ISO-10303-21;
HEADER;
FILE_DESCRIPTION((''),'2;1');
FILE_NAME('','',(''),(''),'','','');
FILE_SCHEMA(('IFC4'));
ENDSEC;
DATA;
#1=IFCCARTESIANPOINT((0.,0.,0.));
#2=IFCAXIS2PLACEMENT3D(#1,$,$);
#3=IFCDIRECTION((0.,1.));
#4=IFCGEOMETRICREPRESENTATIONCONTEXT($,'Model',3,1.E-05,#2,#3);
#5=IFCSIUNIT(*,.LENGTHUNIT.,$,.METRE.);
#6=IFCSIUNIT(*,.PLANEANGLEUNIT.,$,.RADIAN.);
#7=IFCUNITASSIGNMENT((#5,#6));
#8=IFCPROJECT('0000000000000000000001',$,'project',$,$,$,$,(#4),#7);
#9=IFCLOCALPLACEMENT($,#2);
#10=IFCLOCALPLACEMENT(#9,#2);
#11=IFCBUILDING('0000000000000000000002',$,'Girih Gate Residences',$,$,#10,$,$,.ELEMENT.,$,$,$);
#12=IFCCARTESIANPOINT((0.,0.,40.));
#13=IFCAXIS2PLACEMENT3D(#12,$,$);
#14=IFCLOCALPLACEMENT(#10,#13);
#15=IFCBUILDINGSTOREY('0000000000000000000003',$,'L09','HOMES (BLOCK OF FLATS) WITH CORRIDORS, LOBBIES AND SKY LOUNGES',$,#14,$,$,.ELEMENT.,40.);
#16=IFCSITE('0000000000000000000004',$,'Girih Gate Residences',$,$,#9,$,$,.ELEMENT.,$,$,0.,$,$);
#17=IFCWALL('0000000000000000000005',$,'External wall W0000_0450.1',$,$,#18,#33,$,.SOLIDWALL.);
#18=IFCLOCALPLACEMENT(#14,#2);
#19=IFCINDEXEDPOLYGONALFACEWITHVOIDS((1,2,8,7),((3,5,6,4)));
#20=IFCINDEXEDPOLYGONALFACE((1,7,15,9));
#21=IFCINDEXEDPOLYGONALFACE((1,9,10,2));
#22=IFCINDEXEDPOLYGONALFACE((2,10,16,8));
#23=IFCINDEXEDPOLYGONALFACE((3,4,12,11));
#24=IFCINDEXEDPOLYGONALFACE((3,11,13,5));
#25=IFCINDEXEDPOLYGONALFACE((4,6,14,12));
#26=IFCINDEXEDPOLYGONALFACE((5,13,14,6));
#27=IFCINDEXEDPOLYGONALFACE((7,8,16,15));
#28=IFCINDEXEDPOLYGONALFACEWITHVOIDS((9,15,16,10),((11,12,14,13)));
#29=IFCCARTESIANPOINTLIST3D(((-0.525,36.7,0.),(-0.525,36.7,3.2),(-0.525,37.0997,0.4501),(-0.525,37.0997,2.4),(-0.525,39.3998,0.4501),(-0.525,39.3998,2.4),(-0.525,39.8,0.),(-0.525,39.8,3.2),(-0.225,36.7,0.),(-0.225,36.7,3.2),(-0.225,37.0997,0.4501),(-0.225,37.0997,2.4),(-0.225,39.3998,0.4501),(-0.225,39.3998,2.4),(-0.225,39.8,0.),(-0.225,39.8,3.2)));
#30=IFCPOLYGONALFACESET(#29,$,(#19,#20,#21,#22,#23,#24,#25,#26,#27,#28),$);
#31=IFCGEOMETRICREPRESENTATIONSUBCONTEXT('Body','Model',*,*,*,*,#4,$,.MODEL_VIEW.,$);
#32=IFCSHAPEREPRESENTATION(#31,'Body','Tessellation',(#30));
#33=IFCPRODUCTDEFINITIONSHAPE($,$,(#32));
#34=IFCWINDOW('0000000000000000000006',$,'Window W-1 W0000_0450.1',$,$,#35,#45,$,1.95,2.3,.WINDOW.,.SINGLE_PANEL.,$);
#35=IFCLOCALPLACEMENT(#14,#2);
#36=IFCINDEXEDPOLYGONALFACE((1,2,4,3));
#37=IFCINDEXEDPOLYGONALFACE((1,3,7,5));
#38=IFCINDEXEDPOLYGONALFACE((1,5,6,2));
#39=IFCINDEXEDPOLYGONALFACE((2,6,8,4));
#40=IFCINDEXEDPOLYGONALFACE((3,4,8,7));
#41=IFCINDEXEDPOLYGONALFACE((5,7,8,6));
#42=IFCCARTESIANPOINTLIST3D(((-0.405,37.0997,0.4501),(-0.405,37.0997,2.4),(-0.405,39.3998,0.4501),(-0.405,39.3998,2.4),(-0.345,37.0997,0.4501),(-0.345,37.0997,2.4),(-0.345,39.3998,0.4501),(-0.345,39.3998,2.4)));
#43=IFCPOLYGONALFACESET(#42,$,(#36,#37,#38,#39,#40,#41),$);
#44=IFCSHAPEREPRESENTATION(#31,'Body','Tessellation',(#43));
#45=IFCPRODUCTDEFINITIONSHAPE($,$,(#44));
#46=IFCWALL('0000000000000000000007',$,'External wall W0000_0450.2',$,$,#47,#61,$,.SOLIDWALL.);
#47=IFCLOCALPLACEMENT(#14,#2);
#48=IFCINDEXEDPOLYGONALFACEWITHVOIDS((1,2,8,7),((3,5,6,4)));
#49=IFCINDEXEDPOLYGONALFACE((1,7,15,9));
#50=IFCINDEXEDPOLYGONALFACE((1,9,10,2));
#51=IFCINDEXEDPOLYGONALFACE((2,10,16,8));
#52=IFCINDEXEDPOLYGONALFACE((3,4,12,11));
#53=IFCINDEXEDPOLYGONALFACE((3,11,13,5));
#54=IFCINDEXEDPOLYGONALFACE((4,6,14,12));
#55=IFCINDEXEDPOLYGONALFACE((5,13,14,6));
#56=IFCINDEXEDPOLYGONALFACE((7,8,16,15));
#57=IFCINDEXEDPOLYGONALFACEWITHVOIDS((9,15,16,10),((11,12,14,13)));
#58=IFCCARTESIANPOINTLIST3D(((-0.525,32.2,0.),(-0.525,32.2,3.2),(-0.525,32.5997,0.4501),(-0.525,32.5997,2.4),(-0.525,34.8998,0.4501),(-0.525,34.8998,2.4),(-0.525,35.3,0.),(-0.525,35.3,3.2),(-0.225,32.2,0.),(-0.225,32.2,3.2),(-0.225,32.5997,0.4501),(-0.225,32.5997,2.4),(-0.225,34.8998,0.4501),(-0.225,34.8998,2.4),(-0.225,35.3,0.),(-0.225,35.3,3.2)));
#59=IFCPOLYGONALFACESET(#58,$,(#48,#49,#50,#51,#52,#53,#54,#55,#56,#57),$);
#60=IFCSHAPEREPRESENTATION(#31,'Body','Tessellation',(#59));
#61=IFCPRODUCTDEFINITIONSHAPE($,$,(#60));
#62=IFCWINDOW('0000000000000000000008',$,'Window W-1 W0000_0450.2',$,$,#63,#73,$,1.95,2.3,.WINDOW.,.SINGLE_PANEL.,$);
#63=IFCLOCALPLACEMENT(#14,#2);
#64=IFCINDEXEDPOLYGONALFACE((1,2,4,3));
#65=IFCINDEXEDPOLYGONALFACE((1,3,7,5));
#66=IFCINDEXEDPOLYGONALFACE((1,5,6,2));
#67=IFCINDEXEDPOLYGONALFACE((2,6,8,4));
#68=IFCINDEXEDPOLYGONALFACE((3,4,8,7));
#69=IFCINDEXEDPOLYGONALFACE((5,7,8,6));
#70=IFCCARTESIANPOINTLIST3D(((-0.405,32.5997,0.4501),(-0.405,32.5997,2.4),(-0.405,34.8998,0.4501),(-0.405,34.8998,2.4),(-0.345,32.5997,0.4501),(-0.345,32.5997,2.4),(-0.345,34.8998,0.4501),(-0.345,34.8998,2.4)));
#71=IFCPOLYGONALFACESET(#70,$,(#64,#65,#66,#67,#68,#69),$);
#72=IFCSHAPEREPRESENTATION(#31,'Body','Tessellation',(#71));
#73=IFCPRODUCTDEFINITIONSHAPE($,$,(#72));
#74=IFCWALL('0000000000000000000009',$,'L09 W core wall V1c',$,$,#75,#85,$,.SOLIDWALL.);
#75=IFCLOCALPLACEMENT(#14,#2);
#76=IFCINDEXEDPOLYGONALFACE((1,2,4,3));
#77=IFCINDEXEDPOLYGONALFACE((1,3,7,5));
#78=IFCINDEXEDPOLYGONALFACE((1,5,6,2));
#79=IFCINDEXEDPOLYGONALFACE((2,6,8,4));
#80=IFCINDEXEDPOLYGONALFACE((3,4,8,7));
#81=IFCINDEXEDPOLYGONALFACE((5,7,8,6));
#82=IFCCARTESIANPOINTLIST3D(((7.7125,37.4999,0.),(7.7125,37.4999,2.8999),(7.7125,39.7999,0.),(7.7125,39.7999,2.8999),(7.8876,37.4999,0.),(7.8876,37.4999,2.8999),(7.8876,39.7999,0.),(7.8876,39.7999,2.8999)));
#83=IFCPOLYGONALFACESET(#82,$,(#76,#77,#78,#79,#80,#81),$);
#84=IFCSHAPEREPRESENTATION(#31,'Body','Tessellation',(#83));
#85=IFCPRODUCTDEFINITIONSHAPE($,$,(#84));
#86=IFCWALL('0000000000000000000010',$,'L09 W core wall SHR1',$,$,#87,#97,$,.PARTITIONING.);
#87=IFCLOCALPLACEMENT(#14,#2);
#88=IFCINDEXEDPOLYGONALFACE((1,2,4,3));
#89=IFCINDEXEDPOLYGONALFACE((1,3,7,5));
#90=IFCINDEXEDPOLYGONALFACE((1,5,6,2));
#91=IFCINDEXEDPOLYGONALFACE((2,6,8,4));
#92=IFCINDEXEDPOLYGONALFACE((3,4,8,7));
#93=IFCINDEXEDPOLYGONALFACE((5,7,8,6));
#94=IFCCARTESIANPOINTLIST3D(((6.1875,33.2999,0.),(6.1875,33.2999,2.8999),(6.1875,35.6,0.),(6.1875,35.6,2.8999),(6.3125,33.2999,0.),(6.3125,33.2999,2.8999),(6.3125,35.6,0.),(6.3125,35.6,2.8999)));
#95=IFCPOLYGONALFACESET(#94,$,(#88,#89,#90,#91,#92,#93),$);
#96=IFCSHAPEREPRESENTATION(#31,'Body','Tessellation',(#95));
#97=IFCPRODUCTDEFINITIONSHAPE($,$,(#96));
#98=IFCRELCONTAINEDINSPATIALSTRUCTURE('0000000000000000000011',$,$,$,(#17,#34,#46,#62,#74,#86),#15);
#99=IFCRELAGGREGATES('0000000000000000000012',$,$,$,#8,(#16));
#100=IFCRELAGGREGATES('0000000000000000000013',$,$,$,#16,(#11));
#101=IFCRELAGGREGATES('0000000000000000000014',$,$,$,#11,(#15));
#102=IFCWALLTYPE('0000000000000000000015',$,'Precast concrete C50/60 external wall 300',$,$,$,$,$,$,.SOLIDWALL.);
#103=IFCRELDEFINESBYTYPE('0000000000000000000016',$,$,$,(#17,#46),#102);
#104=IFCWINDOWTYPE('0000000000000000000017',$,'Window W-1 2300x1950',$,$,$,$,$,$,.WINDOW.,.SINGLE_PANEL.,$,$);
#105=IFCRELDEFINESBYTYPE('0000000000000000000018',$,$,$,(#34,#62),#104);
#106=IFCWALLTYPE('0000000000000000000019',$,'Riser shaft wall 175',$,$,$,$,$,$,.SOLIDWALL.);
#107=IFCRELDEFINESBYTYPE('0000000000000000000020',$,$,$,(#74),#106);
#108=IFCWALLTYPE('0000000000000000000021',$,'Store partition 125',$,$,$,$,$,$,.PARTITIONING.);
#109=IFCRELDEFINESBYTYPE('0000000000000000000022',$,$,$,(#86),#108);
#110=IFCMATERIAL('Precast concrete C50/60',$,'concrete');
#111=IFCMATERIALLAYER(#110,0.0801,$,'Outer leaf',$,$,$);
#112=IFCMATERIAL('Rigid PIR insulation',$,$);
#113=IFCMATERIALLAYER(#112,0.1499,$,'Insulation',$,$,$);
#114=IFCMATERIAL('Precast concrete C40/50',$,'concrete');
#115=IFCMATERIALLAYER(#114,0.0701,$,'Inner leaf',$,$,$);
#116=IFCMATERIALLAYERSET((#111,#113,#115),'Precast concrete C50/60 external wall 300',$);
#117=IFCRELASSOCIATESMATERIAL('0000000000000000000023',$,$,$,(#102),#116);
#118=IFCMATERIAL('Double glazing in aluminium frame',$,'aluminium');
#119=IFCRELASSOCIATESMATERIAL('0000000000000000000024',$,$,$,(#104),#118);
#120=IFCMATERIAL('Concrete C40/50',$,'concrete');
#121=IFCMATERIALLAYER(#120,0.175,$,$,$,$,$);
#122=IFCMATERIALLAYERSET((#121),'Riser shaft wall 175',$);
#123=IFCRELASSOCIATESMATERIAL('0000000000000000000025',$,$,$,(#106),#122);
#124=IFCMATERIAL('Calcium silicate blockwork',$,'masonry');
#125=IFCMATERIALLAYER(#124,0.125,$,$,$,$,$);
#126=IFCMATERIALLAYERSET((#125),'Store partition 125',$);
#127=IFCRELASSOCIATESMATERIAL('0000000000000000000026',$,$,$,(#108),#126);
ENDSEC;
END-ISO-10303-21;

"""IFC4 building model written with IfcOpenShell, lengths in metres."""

from ifc_helpers import new_model, si_unit, direction, frame, frame_2d, origin, place, context, subcontext, project, spatial, rectangle, extrude, material, layer, layer_set, type_object, element, fill, save


model = new_model("IFC4")

# Units and contexts
model_context = context("Model", 3, precision=1e-05, world=origin(), true_north=direction((0.0, 1.0)))
body_context = subcontext(model_context, "Body", "Model", "MODEL_VIEW")
ifc_project = project(units=[si_unit("LENGTHUNIT", "METRE"), si_unit("PLANEANGLEUNIT", "RADIAN")], contexts=[model_context])

# Site, building, storey
site_placement = place(None, origin())
site = spatial("IfcSite", under=ifc_project, at=site_placement, Name="Girih Gate Residences", CompositionType="ELEMENT", RefElevation=0.0)
building_placement = place(site_placement, origin())
building = spatial("IfcBuilding", under=site, at=building_placement, Name="Girih Gate Residences", CompositionType="ELEMENT")
storey_placement = place(building_placement, frame((0.0, 0.0, 40.0)))
storey = spatial("IfcBuildingStorey", under=building, at=storey_placement, Name="L09", Description="HOMES (BLOCK OF FLATS) WITH CORRIDORS, LOBBIES AND SKY LOUNGES", CompositionType="ELEMENT", Elevation=40.0)

# Shared definitions
ifc_material_1 = material(Name="Concrete C40/50", Category="concrete")

# Walls, openings, windows
ifc_material_2 = material(Name="Precast concrete C50/60", Category="concrete")
ifc_layer_1 = layer(ifc_material_2, 0.0801, Name="Outer leaf")
ifc_material_3 = material(Name="Rigid PIR insulation")
ifc_layer_2 = layer(ifc_material_3, 0.1499, Name="Insulation")
ifc_material_4 = material(Name="Precast concrete C40/50", Category="concrete")
ifc_layer_3 = layer(ifc_material_4, 0.0701, Name="Inner leaf")
ifc_layer_set_1 = layer_set([ifc_layer_1, ifc_layer_2, ifc_layer_3], Name="Precast concrete C50/60 external wall 300")
wall_type_1 = type_object("IfcWallType", Name="Precast concrete C50/60 external wall 300", PredefinedType="SOLIDWALL", material=ifc_layer_set_1)
wall_1_placement = place(storey_placement, frame((-0.375, 36.7, 0.0), z_axis=(0.0, 0.0, 1.0), x_axis=(0.0, 1.0, 0.0)))
wall_1 = element("IfcWall", 1, at=wall_1_placement, inside=storey, type_object=wall_type_1, Name="External wall W0000_0450.1", PredefinedType="SOLIDWALL", context=body_context, shape_type="SweptSolid", body=[
    extrude(rectangle(XDim=3.1001, YDim=0.3, at=frame_2d((1.55, 0.0))), origin(), (0.0, 0.0, 1.0), 3.2),
])
opening_1_placement = place(wall_1_placement, frame((0.3999, 0.0, 0.45)))
opening_1 = element("IfcOpeningElement", 2, at=opening_1_placement, cuts=wall_1, PredefinedType="OPENING", context=body_context, shape_type="SweptSolid", body=[
    extrude(rectangle(XDim=2.3, YDim=1.95, at=frame_2d((1.1499, 0.9751))), frame((0.0, 0.1599, 0.0), z_axis=(0.0, -1.0, 0.0), x_axis=(1.0, 0.0, 0.0)), (0.0, 0.0, 1.0), 0.3201),
])
ifc_material_5 = material(Name="Double glazing in aluminium frame", Category="aluminium")
window_type = type_object("IfcWindowType", Name="Window W-1 2300x1950", PartitioningType="SINGLE_PANEL", PredefinedType="WINDOW", material=ifc_material_5)
window_1_placement = place(opening_1_placement, origin())
window_1 = element("IfcWindow", 3, at=window_1_placement, inside=storey, type_object=window_type, Name="Window W-1 W0000_0450.1", OverallHeight=1.95, OverallWidth=2.3, PartitioningType="SINGLE_PANEL", PredefinedType="WINDOW", context=body_context, shape_type="SweptSolid", body=[
    extrude(rectangle(XDim=2.3, YDim=1.95, at=frame_2d((1.1499, 0.9751))), frame((0.0, 0.03, 0.0), z_axis=(0.0, -1.0, 0.0), x_axis=(1.0, 0.0, 0.0)), (0.0, 0.0, 1.0), 0.0601),
])
fill(opening_1, window_1)
wall_2_placement = place(storey_placement, frame((-0.375, 32.2, 0.0), z_axis=(0.0, 0.0, 1.0), x_axis=(0.0, 1.0, 0.0)))
wall_2 = element("IfcWall", 4, at=wall_2_placement, inside=storey, type_object=wall_type_1, Name="External wall W0000_0450.2", PredefinedType="SOLIDWALL", context=body_context, shape_type="SweptSolid", body=[
    extrude(rectangle(XDim=3.1001, YDim=0.3, at=frame_2d((1.55, 0.0))), origin(), (0.0, 0.0, 1.0), 3.2),
])
opening_2_placement = place(wall_2_placement, frame((0.3999, 0.0, 0.45)))
opening_2 = element("IfcOpeningElement", 5, at=opening_2_placement, cuts=wall_2, PredefinedType="OPENING", context=body_context, shape_type="SweptSolid", body=[
    extrude(rectangle(XDim=2.3, YDim=1.95, at=frame_2d((1.1499, 0.9751))), frame((0.0, 0.1599, 0.0), z_axis=(0.0, -1.0, 0.0), x_axis=(1.0, 0.0, 0.0)), (0.0, 0.0, 1.0), 0.3201),
])
window_2_placement = place(opening_2_placement, origin())
window_2 = element("IfcWindow", 6, at=window_2_placement, inside=storey, type_object=window_type, Name="Window W-1 W0000_0450.2", OverallHeight=1.95, OverallWidth=2.3, PartitioningType="SINGLE_PANEL", PredefinedType="WINDOW", context=body_context, shape_type="SweptSolid", body=[
    extrude(rectangle(XDim=2.3, YDim=1.95, at=frame_2d((1.1499, 0.9751))), frame((0.0, 0.03, 0.0), z_axis=(0.0, -1.0, 0.0), x_axis=(1.0, 0.0, 0.0)), (0.0, 0.0, 1.0), 0.0601),
])
fill(opening_2, window_2)

# Walls
ifc_layer_4 = layer(ifc_material_1, 0.175)
ifc_layer_set_2 = layer_set([ifc_layer_4], Name="Riser shaft wall 175")
wall_type_2 = type_object("IfcWallType", Name="Riser shaft wall 175", PredefinedType="SOLIDWALL", material=ifc_layer_set_2)
wall_3_placement = place(storey_placement, frame((7.8, 37.5, 0.0), z_axis=(0.0, 0.0, 1.0), x_axis=(0.0, 1.0, 0.0)))
element("IfcWall", 7, at=wall_3_placement, inside=storey, type_object=wall_type_2, Name="L09 W core wall V1c", PredefinedType="SOLIDWALL", context=body_context, shape_type="SweptSolid", body=[
    extrude(rectangle(XDim=2.3, YDim=0.175, at=frame_2d((1.1499, 0.0))), origin(), (0.0, 0.0, 1.0), 2.8999),
])
ifc_material_6 = material(Name="Calcium silicate blockwork", Category="masonry")
ifc_layer_5 = layer(ifc_material_6, 0.125)
ifc_layer_set_3 = layer_set([ifc_layer_5], Name="Store partition 125")
wall_type_3 = type_object("IfcWallType", Name="Store partition 125", PredefinedType="PARTITIONING", material=ifc_layer_set_3)
wall_4_placement = place(storey_placement, frame((6.25, 33.3, 0.0), z_axis=(0.0, 0.0, 1.0), x_axis=(0.0, 1.0, 0.0)))
element("IfcWall", 8, at=wall_4_placement, inside=storey, type_object=wall_type_3, Name="L09 W core wall SHR1", PredefinedType="PARTITIONING", context=body_context, shape_type="SweptSolid", body=[
    extrude(rectangle(XDim=2.3, YDim=0.125, at=frame_2d((1.1499, 0.0))), origin(), (0.0, 0.0, 1.0), 2.8999),
])

save(model, "model.ifc")
